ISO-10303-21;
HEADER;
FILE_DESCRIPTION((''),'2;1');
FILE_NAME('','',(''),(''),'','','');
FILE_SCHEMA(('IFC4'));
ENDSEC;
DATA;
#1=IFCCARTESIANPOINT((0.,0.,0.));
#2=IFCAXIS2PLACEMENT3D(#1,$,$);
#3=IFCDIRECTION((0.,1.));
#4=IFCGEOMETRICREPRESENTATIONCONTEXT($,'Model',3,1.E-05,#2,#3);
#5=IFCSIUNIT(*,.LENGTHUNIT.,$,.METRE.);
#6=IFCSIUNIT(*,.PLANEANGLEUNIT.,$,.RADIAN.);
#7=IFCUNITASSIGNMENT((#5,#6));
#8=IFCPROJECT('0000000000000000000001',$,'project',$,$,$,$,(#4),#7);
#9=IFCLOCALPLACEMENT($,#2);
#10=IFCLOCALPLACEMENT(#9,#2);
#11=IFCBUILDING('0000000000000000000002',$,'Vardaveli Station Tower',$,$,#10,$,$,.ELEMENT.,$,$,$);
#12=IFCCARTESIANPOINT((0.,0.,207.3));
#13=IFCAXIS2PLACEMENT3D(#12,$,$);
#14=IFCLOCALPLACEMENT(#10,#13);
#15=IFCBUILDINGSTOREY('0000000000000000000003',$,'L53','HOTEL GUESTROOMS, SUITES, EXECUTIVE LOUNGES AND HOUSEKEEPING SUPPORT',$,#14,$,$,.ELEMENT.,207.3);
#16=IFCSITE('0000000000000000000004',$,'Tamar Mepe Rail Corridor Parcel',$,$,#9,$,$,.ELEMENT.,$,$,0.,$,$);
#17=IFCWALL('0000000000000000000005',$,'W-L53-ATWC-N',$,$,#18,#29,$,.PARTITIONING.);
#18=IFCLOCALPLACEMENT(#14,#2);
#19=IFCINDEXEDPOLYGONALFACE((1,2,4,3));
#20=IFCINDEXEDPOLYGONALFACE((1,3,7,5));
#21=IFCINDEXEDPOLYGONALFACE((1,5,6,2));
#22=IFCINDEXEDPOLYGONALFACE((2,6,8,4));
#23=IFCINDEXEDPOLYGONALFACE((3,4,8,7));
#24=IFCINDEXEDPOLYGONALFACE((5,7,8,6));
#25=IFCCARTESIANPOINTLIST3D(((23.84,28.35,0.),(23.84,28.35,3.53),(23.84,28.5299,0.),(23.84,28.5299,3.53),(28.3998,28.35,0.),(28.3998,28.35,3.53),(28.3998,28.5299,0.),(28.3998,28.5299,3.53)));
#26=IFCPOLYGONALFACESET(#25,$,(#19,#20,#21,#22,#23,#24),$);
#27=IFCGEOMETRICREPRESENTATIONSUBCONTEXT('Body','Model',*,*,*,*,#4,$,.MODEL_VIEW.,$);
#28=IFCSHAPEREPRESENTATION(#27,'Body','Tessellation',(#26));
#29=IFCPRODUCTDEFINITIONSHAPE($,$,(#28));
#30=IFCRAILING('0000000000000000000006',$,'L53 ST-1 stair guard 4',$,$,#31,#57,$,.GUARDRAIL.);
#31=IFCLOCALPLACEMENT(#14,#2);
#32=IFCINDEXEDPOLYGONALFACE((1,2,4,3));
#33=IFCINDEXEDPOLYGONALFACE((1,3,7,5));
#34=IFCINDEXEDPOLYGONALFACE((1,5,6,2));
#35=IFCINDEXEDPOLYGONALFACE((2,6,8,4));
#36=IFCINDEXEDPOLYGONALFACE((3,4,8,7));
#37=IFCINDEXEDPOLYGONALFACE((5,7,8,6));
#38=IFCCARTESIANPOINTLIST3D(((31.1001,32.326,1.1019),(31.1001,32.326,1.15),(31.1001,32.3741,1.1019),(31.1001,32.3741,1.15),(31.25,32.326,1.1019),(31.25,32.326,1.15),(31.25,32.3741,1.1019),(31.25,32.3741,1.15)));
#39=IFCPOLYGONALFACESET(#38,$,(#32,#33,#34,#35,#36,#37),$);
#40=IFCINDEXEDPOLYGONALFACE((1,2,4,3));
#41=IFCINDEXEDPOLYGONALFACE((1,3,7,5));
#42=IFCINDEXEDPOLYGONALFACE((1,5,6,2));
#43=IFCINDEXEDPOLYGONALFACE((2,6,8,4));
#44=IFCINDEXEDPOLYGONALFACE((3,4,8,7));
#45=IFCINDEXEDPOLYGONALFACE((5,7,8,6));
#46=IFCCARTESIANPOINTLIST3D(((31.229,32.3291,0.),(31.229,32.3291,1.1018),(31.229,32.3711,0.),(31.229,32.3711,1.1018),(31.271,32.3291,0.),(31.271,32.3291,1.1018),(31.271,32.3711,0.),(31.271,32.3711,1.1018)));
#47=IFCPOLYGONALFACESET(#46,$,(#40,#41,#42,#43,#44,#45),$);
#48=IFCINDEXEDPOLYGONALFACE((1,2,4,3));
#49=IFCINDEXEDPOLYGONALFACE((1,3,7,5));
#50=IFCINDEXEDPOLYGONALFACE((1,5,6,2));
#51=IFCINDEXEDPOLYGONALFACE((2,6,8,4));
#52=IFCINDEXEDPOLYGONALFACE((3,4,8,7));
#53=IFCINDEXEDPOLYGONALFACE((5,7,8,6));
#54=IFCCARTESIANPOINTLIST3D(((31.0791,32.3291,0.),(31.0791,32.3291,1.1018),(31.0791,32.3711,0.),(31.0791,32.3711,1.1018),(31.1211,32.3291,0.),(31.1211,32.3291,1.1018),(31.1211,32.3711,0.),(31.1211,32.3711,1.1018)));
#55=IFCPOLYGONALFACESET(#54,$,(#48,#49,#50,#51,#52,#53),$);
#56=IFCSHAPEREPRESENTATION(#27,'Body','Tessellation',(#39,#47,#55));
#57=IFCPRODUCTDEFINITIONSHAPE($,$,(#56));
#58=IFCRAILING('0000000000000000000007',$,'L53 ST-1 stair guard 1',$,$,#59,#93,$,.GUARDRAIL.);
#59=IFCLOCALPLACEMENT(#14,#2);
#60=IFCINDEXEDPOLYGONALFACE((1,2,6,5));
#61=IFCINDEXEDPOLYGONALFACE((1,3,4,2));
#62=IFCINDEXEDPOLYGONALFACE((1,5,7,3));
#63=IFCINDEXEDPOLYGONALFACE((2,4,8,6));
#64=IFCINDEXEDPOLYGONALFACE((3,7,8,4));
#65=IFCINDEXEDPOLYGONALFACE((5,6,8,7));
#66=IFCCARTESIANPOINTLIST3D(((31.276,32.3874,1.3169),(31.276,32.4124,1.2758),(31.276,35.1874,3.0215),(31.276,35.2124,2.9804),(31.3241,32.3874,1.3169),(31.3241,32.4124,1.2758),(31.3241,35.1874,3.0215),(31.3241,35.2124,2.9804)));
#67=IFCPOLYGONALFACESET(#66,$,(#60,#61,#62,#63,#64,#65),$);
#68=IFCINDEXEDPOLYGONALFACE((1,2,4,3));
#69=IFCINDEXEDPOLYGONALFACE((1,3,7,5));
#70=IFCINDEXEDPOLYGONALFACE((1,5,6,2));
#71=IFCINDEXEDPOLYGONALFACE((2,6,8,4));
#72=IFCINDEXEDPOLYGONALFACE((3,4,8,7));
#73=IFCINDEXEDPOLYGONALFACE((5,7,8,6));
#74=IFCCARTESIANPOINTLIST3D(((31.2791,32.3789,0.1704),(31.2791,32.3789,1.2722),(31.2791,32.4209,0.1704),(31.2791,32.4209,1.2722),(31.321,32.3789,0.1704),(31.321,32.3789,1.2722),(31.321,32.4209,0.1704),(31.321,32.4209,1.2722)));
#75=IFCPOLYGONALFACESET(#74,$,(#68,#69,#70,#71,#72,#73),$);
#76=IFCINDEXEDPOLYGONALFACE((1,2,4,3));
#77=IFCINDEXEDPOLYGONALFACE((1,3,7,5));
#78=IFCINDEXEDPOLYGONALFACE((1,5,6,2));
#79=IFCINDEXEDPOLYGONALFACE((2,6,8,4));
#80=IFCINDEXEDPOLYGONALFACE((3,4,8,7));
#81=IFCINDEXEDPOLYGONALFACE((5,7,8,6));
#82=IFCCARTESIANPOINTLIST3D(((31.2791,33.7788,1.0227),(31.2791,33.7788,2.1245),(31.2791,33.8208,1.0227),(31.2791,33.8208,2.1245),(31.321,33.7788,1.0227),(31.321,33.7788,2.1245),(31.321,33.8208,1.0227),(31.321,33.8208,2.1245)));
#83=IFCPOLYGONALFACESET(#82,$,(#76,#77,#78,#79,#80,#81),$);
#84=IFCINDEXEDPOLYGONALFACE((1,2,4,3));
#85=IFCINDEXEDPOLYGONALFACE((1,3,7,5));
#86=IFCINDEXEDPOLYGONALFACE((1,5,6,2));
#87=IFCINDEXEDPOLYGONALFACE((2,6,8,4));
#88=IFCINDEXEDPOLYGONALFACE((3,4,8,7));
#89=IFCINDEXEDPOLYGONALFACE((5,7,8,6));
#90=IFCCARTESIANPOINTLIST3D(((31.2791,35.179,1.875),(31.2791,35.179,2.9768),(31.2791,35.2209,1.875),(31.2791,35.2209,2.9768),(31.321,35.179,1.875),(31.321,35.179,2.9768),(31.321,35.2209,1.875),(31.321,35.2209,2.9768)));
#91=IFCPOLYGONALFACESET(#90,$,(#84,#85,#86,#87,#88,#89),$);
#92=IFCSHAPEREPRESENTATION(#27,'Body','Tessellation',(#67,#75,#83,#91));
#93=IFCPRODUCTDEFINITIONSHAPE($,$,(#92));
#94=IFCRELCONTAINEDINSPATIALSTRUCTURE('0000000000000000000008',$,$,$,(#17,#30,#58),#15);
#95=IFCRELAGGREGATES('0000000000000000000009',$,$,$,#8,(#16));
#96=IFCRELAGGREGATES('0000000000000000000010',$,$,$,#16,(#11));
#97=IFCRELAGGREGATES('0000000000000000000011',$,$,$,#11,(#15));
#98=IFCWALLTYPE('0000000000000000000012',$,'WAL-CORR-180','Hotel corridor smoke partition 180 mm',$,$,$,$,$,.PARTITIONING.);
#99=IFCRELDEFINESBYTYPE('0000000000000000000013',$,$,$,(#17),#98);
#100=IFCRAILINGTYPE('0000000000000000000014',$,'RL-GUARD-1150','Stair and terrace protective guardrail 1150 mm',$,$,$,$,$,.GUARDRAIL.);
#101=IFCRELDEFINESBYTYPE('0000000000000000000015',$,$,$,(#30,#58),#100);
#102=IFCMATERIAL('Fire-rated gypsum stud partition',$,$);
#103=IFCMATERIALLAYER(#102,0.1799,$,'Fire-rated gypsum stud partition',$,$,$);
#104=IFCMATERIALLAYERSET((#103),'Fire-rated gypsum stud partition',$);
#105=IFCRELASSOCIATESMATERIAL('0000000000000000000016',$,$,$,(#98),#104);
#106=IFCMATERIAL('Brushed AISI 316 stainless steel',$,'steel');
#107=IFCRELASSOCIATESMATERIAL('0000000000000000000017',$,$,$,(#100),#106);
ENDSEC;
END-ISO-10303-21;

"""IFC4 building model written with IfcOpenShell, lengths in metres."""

from ifc_helpers import new_model, si_unit, direction, frame, frame_2d, origin, origin_2d, place, context, subcontext, project, spatial, rectangle, extrude, source, transform, mapped, material, layer, layer_set, type_object, element, save


model = new_model("IFC4")

# Units and contexts
model_context = context("Model", 3, precision=1e-05, world=origin(), true_north=direction((0.0, 1.0)))
body_context = subcontext(model_context, "Body", "Model", "MODEL_VIEW")
ifc_project = project(units=[si_unit("LENGTHUNIT", "METRE"), si_unit("PLANEANGLEUNIT", "RADIAN")], contexts=[model_context])

# Site, building, storey
site_placement = place(None, origin())
site = spatial("IfcSite", under=ifc_project, at=site_placement, Name="Tamar Mepe Rail Corridor Parcel", CompositionType="ELEMENT", RefElevation=0.0)
building_placement = place(site_placement, origin())
building = spatial("IfcBuilding", under=site, at=building_placement, Name="Vardaveli Station Tower", CompositionType="ELEMENT")
storey_placement = place(building_placement, frame((0.0, 0.0, 207.3)))
storey = spatial("IfcBuildingStorey", under=building, at=storey_placement, Name="L53", Description="HOTEL GUESTROOMS, SUITES, EXECUTIVE LOUNGES AND HOUSEKEEPING SUPPORT", CompositionType="ELEMENT", Elevation=207.3)

# Shared definitions
ifc_material_1 = material(Name="Fire-rated gypsum stud partition")
ifc_layer_1 = layer(ifc_material_1, 0.1799, Name="Fire-rated gypsum stud partition")
ifc_layer_set_1 = layer_set([ifc_layer_1], Name="Fire-rated gypsum stud partition")
wall_type_1 = type_object("IfcWallType", Name="WAL-CORR-180", Description="Hotel corridor smoke partition 180 mm", PredefinedType="PARTITIONING", material=ifc_layer_set_1)

# Wall
shared_shape_1 = source(origin(), body_context, "Body", "SweptSolid", [
    extrude(rectangle(XDim=4.5598, YDim=0.1799, at=frame_2d((2.2798, 0.0))), origin(), (0.0, 0.0, 1.0), 3.53),
])
for number, where, z_axis, x_axis, name in (
    (1, (23.8401, 28.4399, 0.0), (0.0, 0.0, 1.0), (1.0, 0.0, 0.0), "W-L53-ATWC-N"),
):
    element("IfcWall", number, at=place(storey_placement, frame(where, z_axis=z_axis, x_axis=x_axis)), inside=storey, type_object=wall_type_1, Name=name, PredefinedType="PARTITIONING", context=body_context, shape_type="MappedRepresentation", body=[
        mapped(shared_shape_1, transform((0.0, 0.0, 0.0), scale=1.0)),
    ])

# Railings
ifc_material_2 = material(Name="Brushed AISI 316 stainless steel", Category="steel")
railing_type = type_object("IfcRailingType", Name="RL-GUARD-1150", Description="Stair and terrace protective guardrail 1150 mm", PredefinedType="GUARDRAIL", material=ifc_material_2)
shared_shape_2 = source(origin(), body_context, "Body", "SweptSolid", [
    extrude(rectangle(XDim=0.0481, YDim=0.0481, at=origin_2d()), frame((0.0, 0.0, 1.126), z_axis=(-1.0, 0.0, 0.0), x_axis=(0.0, -1.0, 0.0)), (0.0, 0.0, 1.0), 0.1499),
    extrude(rectangle(XDim=0.042, YDim=0.042, at=origin_2d()), origin(), (0.0, 0.0, 1.0), 1.1018),
    extrude(rectangle(XDim=0.042, YDim=0.042, at=origin_2d()), frame((-0.1499, 0.0, 0.0)), (0.0, 0.0, 1.0), 1.1018),
])
railing_1_placement = place(storey_placement, frame((31.25, 32.3501, 0.0)))
element("IfcRailing", 2, at=railing_1_placement, inside=storey, type_object=railing_type, Name="L53 ST-1 stair guard 4", PredefinedType="GUARDRAIL", context=body_context, shape_type="MappedRepresentation", body=[
    mapped(shared_shape_2, transform((0.0, 0.0, 0.0), scale=1.0)),
])
shared_shape_3 = source(origin(), body_context, "Body", "SweptSolid", [
    extrude(rectangle(XDim=0.0481, YDim=0.0481, at=origin_2d()), frame((0.0, 0.0, 1.126), z_axis=(0.0, 0.85417, 0.519994), x_axis=(-1.0, 0.0, 0.0)), (0.0, 0.0, 1.0), 3.2781),
    extrude(rectangle(XDim=0.042, YDim=0.042, at=origin_2d()), origin(), (0.0, 0.0, 1.0), 1.1018),
    extrude(rectangle(XDim=0.042, YDim=0.042, at=origin_2d()), frame((0.0, 1.3999, 0.8523)), (0.0, 0.0, 1.0), 1.1018),
    extrude(rectangle(XDim=0.042, YDim=0.042, at=origin_2d()), frame((0.0, 2.8, 1.7046)), (0.0, 0.0, 1.0), 1.1018),
])
railing_2_placement = place(storey_placement, frame((31.3, 32.3999, 0.1704)))
element("IfcRailing", 3, at=railing_2_placement, inside=storey, type_object=railing_type, Name="L53 ST-1 stair guard 1", PredefinedType="GUARDRAIL", context=body_context, shape_type="MappedRepresentation", body=[
    mapped(shared_shape_3, transform((0.0, 0.0, 0.0), scale=1.0)),
])

save(model, "model.ifc")
